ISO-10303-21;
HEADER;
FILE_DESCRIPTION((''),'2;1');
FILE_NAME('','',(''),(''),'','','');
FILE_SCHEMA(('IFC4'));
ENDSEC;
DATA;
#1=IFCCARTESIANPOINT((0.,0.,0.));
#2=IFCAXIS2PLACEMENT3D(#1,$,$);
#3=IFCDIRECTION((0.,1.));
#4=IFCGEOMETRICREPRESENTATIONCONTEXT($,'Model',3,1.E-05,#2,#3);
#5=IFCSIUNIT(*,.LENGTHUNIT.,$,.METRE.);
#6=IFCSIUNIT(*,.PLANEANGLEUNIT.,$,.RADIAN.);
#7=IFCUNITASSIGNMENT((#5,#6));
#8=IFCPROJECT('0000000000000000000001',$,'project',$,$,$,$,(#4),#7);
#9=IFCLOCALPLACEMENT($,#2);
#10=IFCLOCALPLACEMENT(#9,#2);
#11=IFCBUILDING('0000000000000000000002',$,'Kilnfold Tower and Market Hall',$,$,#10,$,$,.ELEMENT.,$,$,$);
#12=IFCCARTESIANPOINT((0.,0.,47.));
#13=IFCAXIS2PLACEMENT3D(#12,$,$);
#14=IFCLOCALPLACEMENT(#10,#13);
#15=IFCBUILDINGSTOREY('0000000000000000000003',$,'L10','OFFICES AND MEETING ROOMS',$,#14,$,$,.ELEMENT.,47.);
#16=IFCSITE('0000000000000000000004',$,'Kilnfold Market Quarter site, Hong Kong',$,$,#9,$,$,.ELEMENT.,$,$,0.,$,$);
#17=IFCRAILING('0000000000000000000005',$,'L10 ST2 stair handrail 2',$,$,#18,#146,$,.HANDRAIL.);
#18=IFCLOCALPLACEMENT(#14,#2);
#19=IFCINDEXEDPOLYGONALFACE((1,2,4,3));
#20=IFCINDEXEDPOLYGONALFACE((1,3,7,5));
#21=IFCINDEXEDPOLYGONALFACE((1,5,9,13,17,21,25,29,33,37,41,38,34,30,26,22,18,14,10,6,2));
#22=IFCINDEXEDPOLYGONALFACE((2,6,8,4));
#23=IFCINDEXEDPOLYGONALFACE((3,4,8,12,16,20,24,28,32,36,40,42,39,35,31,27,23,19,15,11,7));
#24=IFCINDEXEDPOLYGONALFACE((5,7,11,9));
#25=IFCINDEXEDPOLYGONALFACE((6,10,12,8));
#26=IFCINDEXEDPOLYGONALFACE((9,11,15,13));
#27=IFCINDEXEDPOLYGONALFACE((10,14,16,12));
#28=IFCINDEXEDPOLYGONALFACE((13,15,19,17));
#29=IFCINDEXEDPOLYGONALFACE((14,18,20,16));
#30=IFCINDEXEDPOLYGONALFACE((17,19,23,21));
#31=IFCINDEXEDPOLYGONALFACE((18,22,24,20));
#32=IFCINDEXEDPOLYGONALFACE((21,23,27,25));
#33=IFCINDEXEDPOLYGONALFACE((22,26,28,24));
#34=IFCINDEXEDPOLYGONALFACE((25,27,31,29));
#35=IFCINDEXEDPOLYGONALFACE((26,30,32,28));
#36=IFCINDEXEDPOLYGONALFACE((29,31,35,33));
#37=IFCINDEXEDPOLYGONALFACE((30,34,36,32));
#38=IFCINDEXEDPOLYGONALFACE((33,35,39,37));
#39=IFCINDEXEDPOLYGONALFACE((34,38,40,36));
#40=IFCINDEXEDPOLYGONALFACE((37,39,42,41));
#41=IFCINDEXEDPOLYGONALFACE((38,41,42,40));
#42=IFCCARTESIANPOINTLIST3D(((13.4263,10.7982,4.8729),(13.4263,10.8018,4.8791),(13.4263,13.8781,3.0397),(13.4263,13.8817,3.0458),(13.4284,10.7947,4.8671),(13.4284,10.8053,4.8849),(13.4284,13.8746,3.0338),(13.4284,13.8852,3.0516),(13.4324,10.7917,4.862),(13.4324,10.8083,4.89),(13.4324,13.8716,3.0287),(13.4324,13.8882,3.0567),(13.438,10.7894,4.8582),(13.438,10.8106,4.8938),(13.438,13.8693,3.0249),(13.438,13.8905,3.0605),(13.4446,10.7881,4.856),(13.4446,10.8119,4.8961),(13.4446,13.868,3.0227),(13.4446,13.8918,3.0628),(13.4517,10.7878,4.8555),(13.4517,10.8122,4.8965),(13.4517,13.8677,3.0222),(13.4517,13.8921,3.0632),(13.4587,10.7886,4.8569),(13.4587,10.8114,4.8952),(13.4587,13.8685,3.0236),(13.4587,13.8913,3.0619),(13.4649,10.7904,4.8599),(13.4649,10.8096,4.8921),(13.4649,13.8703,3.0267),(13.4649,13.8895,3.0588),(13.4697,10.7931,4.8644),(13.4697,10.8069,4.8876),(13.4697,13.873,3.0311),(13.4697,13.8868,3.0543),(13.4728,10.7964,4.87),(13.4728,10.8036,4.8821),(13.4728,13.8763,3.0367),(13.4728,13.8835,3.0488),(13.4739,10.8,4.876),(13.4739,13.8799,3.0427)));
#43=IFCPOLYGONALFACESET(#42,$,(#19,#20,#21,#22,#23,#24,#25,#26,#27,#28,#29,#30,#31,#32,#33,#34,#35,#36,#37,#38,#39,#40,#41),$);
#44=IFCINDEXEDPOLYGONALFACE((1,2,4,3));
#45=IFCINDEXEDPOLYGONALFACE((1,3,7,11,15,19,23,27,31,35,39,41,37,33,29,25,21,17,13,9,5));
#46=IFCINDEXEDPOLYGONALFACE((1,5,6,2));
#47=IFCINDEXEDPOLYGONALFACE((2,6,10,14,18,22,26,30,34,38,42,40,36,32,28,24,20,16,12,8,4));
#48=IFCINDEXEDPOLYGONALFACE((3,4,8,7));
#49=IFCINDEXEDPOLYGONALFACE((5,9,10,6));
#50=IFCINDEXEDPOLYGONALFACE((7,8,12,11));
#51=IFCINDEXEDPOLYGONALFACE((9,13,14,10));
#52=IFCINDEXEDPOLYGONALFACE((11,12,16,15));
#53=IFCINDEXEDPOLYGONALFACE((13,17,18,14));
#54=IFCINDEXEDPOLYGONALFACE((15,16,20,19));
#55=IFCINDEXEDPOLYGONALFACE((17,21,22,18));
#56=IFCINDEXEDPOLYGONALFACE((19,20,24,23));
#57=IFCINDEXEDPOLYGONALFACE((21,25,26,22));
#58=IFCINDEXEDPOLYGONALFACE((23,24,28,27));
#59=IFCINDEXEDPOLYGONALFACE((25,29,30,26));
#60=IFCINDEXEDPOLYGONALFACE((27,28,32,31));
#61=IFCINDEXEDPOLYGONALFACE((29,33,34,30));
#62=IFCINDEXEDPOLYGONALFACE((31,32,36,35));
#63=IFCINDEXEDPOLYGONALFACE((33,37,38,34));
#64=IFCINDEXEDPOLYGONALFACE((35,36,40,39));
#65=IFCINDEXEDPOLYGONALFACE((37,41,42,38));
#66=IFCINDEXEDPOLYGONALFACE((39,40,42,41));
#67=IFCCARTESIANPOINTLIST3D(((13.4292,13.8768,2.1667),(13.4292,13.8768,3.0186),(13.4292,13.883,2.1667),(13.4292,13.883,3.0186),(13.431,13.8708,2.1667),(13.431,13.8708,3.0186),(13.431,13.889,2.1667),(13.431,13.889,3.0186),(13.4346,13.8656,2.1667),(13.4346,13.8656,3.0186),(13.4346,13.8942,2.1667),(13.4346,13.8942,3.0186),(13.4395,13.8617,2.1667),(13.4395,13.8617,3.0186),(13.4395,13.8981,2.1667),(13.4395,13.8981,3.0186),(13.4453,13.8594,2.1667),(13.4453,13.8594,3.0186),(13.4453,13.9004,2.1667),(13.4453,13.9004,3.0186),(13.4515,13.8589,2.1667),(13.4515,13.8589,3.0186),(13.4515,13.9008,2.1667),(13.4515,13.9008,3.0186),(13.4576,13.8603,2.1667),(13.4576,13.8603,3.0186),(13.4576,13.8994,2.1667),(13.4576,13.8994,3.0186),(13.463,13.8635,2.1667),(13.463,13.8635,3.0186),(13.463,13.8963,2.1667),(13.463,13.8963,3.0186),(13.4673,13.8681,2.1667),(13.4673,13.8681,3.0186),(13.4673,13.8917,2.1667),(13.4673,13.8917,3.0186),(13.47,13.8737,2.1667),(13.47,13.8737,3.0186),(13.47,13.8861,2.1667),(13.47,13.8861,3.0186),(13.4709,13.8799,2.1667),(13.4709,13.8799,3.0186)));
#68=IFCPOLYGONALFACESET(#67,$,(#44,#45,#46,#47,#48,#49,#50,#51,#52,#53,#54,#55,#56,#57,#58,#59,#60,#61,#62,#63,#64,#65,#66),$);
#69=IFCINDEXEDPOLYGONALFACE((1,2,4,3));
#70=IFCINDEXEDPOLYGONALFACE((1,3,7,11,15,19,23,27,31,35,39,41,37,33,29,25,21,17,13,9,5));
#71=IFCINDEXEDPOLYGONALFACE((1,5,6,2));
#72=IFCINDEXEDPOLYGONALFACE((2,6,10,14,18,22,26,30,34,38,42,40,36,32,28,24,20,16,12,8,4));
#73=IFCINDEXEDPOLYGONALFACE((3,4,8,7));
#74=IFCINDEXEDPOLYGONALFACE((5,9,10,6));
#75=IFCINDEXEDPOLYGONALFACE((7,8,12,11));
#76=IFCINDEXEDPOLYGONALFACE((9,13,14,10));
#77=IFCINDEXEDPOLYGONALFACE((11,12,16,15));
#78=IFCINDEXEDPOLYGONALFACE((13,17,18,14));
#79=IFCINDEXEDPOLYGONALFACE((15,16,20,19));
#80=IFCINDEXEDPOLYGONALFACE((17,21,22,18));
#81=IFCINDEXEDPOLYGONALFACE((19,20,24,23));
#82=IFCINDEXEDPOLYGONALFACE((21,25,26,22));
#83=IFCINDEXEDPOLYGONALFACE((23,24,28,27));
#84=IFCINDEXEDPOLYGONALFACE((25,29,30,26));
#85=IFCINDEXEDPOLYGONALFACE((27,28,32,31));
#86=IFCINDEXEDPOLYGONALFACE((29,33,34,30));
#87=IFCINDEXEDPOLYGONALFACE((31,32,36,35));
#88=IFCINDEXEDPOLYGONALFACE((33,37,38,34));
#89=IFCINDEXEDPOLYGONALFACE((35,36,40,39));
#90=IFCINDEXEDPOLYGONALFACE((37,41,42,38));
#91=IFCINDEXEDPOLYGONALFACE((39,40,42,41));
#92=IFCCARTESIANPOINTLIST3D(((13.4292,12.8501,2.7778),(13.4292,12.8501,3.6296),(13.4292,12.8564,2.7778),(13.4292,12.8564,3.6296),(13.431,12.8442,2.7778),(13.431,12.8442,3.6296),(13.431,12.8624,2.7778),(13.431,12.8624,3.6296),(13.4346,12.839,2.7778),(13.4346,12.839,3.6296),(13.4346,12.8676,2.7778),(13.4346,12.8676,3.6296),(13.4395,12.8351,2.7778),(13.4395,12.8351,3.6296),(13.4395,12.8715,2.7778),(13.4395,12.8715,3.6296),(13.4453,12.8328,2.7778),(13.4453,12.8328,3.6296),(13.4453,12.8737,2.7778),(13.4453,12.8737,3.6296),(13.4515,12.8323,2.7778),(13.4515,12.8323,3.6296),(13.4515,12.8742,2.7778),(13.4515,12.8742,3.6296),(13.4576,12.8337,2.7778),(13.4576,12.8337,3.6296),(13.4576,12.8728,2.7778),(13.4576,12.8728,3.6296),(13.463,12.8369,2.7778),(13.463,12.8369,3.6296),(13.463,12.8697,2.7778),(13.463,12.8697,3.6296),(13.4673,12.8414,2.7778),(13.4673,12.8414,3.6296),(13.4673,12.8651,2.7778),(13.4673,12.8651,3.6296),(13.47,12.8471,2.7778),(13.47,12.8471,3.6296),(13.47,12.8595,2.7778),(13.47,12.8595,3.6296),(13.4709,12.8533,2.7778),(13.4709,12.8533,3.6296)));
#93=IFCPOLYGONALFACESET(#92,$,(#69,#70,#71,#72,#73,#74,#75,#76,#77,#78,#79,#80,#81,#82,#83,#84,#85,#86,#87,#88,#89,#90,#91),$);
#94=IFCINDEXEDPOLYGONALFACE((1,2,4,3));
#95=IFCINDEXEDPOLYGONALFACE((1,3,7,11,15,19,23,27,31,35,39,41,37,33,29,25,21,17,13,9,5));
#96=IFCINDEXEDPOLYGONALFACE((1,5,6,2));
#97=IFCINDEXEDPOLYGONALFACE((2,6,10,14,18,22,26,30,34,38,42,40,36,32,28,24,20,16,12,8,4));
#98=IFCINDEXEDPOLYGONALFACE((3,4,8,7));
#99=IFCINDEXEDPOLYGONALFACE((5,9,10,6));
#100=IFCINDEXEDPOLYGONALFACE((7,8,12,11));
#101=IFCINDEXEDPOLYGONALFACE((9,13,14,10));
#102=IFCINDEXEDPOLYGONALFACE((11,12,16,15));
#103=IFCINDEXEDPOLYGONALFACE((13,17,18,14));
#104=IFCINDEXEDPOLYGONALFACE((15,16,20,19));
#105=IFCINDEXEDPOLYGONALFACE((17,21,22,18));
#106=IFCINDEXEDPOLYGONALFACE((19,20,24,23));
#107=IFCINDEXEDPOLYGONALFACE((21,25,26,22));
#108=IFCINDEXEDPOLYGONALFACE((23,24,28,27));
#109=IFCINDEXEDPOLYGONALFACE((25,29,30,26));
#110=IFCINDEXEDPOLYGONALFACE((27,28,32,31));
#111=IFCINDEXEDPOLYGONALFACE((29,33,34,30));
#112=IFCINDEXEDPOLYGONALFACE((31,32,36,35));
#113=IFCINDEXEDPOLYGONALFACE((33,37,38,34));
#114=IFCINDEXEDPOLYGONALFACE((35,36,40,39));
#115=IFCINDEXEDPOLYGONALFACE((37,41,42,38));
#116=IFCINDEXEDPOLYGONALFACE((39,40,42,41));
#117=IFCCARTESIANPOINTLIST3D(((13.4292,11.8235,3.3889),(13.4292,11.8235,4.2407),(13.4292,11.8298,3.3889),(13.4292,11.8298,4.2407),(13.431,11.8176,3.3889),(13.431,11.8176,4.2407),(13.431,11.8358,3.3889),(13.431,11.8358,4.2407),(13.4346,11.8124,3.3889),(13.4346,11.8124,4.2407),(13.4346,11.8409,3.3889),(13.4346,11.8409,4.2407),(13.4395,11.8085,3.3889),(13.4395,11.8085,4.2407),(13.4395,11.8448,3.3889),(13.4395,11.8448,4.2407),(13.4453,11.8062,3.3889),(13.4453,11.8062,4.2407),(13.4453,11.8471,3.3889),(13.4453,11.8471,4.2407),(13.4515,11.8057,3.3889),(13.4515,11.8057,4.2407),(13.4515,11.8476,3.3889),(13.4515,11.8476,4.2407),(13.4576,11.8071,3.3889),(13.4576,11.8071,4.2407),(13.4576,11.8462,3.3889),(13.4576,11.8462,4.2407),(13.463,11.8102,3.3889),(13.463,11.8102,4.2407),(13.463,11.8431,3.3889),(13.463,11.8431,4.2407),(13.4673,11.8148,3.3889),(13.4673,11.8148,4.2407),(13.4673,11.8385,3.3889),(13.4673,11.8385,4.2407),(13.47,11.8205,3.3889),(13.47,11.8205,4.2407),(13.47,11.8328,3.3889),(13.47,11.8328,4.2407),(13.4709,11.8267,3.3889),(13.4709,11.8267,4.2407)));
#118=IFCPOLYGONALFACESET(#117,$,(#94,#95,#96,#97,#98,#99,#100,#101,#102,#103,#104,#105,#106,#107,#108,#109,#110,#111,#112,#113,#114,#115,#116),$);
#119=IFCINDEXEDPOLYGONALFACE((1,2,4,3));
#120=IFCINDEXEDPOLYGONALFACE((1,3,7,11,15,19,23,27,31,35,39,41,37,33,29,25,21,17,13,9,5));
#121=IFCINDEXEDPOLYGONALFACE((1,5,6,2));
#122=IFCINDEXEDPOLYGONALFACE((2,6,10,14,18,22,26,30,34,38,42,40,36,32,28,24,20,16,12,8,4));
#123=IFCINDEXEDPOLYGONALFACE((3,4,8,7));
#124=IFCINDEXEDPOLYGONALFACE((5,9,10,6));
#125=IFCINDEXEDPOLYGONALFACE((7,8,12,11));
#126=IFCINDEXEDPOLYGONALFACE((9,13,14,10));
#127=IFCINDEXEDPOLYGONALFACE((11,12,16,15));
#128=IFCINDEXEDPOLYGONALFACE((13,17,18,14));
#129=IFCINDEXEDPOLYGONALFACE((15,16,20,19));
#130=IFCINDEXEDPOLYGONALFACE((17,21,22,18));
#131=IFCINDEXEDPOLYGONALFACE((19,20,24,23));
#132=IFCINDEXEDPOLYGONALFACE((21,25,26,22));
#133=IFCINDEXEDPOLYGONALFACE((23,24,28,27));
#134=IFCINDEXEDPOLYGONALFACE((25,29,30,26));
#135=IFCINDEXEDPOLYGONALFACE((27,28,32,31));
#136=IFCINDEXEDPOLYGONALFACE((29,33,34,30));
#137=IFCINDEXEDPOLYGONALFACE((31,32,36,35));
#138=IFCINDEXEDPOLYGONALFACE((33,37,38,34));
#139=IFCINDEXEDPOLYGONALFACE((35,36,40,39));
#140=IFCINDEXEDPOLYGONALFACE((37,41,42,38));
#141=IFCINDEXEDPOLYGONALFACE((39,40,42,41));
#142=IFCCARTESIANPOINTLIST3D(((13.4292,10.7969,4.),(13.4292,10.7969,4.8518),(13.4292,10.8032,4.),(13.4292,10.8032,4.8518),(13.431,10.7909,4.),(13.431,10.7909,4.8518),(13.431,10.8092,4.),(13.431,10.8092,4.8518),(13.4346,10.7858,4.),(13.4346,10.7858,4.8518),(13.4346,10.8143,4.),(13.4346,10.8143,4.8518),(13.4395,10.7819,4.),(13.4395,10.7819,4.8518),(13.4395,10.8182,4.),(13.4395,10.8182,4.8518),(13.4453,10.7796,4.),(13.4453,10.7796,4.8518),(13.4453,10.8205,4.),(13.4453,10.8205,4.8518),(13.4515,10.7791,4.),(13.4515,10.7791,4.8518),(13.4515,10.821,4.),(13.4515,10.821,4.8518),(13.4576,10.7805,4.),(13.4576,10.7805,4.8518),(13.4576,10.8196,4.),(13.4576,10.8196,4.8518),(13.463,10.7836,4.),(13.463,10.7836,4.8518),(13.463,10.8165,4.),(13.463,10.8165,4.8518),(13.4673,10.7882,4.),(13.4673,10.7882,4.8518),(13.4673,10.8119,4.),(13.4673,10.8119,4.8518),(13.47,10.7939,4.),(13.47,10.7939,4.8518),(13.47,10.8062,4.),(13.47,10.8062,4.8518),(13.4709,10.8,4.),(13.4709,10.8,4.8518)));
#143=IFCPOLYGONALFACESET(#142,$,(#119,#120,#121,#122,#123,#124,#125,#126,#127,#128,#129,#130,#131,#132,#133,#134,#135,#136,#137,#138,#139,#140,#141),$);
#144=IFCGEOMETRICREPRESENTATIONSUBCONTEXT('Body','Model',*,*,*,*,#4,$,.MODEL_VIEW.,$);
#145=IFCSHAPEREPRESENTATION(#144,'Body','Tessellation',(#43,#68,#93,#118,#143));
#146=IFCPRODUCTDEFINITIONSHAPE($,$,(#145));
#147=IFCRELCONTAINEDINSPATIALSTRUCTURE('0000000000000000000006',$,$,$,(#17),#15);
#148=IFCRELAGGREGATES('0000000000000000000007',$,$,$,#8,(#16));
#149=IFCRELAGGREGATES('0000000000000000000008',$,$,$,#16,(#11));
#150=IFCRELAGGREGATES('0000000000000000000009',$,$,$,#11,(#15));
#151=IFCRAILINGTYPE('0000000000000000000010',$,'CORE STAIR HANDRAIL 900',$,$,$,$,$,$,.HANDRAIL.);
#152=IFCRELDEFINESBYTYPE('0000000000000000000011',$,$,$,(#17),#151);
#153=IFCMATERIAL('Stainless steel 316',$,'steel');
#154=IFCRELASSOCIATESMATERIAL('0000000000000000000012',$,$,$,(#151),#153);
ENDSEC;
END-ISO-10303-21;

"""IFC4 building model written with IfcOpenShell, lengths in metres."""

from ifc_helpers import new_model, si_unit, direction, frame, origin, origin_2d, place, context, subcontext, project, spatial, circle, extrude, material, type_object, element, save


model = new_model("IFC4")

# Units and contexts
model_context = context("Model", 3, precision=1e-05, world=origin(), true_north=direction((0.0, 1.0)))
body_context = subcontext(model_context, "Body", "Model", "MODEL_VIEW")
ifc_project = project(units=[si_unit("LENGTHUNIT", "METRE"), si_unit("PLANEANGLEUNIT", "RADIAN")], contexts=[model_context])

# Site, building, storey
site_placement = place(None, origin())
site = spatial("IfcSite", under=ifc_project, at=site_placement, Name="Kilnfold Market Quarter site, Hong Kong", CompositionType="ELEMENT", RefElevation=0.0)
building_placement = place(site_placement, origin())
building = spatial("IfcBuilding", under=site, at=building_placement, Name="Kilnfold Tower and Market Hall", CompositionType="ELEMENT")
storey_placement = place(building_placement, frame((0.0, 0.0, 47.0)))
storey = spatial("IfcBuildingStorey", under=building, at=storey_placement, Name="L10", Description="OFFICES AND MEETING ROOMS", CompositionType="ELEMENT", Elevation=47.0)

# Railing
ifc_material_1 = material(Name="Stainless steel 316", Category="steel")
railing_type = type_object("IfcRailingType", Name="CORE STAIR HANDRAIL 900", PredefinedType="HANDRAIL", material=ifc_material_1)
railing_1_placement = place(storey_placement, frame((13.45, 13.8799, 2.1667)))
element("IfcRailing", 1, at=railing_1_placement, inside=storey, type_object=railing_type, Name="L10 ST2 stair handrail 2", PredefinedType="HANDRAIL", context=body_context, shape_type="SweptSolid", body=[
    extrude(circle(Radius=0.0239, at=origin_2d()), frame((0.0, 0.0, 0.876), z_axis=(0.0, -0.859291, 0.511487), x_axis=(1.0, 0.0, 0.0)), (0.0, 0.0, 1.0), 3.5842),
    extrude(circle(Radius=0.021, at=origin_2d()), origin(), (0.0, 0.0, 1.0), 0.8518),
    extrude(circle(Radius=0.021, at=origin_2d()), frame((0.0, -1.0266, 0.6111)), (0.0, 0.0, 1.0), 0.8518),
    extrude(circle(Radius=0.021, at=origin_2d()), frame((0.0, -2.0532, 1.2222)), (0.0, 0.0, 1.0), 0.8518),
    extrude(circle(Radius=0.021, at=origin_2d()), frame((0.0, -3.0798, 1.8333)), (0.0, 0.0, 1.0), 0.8518),
])

save(model, "model.ifc")
